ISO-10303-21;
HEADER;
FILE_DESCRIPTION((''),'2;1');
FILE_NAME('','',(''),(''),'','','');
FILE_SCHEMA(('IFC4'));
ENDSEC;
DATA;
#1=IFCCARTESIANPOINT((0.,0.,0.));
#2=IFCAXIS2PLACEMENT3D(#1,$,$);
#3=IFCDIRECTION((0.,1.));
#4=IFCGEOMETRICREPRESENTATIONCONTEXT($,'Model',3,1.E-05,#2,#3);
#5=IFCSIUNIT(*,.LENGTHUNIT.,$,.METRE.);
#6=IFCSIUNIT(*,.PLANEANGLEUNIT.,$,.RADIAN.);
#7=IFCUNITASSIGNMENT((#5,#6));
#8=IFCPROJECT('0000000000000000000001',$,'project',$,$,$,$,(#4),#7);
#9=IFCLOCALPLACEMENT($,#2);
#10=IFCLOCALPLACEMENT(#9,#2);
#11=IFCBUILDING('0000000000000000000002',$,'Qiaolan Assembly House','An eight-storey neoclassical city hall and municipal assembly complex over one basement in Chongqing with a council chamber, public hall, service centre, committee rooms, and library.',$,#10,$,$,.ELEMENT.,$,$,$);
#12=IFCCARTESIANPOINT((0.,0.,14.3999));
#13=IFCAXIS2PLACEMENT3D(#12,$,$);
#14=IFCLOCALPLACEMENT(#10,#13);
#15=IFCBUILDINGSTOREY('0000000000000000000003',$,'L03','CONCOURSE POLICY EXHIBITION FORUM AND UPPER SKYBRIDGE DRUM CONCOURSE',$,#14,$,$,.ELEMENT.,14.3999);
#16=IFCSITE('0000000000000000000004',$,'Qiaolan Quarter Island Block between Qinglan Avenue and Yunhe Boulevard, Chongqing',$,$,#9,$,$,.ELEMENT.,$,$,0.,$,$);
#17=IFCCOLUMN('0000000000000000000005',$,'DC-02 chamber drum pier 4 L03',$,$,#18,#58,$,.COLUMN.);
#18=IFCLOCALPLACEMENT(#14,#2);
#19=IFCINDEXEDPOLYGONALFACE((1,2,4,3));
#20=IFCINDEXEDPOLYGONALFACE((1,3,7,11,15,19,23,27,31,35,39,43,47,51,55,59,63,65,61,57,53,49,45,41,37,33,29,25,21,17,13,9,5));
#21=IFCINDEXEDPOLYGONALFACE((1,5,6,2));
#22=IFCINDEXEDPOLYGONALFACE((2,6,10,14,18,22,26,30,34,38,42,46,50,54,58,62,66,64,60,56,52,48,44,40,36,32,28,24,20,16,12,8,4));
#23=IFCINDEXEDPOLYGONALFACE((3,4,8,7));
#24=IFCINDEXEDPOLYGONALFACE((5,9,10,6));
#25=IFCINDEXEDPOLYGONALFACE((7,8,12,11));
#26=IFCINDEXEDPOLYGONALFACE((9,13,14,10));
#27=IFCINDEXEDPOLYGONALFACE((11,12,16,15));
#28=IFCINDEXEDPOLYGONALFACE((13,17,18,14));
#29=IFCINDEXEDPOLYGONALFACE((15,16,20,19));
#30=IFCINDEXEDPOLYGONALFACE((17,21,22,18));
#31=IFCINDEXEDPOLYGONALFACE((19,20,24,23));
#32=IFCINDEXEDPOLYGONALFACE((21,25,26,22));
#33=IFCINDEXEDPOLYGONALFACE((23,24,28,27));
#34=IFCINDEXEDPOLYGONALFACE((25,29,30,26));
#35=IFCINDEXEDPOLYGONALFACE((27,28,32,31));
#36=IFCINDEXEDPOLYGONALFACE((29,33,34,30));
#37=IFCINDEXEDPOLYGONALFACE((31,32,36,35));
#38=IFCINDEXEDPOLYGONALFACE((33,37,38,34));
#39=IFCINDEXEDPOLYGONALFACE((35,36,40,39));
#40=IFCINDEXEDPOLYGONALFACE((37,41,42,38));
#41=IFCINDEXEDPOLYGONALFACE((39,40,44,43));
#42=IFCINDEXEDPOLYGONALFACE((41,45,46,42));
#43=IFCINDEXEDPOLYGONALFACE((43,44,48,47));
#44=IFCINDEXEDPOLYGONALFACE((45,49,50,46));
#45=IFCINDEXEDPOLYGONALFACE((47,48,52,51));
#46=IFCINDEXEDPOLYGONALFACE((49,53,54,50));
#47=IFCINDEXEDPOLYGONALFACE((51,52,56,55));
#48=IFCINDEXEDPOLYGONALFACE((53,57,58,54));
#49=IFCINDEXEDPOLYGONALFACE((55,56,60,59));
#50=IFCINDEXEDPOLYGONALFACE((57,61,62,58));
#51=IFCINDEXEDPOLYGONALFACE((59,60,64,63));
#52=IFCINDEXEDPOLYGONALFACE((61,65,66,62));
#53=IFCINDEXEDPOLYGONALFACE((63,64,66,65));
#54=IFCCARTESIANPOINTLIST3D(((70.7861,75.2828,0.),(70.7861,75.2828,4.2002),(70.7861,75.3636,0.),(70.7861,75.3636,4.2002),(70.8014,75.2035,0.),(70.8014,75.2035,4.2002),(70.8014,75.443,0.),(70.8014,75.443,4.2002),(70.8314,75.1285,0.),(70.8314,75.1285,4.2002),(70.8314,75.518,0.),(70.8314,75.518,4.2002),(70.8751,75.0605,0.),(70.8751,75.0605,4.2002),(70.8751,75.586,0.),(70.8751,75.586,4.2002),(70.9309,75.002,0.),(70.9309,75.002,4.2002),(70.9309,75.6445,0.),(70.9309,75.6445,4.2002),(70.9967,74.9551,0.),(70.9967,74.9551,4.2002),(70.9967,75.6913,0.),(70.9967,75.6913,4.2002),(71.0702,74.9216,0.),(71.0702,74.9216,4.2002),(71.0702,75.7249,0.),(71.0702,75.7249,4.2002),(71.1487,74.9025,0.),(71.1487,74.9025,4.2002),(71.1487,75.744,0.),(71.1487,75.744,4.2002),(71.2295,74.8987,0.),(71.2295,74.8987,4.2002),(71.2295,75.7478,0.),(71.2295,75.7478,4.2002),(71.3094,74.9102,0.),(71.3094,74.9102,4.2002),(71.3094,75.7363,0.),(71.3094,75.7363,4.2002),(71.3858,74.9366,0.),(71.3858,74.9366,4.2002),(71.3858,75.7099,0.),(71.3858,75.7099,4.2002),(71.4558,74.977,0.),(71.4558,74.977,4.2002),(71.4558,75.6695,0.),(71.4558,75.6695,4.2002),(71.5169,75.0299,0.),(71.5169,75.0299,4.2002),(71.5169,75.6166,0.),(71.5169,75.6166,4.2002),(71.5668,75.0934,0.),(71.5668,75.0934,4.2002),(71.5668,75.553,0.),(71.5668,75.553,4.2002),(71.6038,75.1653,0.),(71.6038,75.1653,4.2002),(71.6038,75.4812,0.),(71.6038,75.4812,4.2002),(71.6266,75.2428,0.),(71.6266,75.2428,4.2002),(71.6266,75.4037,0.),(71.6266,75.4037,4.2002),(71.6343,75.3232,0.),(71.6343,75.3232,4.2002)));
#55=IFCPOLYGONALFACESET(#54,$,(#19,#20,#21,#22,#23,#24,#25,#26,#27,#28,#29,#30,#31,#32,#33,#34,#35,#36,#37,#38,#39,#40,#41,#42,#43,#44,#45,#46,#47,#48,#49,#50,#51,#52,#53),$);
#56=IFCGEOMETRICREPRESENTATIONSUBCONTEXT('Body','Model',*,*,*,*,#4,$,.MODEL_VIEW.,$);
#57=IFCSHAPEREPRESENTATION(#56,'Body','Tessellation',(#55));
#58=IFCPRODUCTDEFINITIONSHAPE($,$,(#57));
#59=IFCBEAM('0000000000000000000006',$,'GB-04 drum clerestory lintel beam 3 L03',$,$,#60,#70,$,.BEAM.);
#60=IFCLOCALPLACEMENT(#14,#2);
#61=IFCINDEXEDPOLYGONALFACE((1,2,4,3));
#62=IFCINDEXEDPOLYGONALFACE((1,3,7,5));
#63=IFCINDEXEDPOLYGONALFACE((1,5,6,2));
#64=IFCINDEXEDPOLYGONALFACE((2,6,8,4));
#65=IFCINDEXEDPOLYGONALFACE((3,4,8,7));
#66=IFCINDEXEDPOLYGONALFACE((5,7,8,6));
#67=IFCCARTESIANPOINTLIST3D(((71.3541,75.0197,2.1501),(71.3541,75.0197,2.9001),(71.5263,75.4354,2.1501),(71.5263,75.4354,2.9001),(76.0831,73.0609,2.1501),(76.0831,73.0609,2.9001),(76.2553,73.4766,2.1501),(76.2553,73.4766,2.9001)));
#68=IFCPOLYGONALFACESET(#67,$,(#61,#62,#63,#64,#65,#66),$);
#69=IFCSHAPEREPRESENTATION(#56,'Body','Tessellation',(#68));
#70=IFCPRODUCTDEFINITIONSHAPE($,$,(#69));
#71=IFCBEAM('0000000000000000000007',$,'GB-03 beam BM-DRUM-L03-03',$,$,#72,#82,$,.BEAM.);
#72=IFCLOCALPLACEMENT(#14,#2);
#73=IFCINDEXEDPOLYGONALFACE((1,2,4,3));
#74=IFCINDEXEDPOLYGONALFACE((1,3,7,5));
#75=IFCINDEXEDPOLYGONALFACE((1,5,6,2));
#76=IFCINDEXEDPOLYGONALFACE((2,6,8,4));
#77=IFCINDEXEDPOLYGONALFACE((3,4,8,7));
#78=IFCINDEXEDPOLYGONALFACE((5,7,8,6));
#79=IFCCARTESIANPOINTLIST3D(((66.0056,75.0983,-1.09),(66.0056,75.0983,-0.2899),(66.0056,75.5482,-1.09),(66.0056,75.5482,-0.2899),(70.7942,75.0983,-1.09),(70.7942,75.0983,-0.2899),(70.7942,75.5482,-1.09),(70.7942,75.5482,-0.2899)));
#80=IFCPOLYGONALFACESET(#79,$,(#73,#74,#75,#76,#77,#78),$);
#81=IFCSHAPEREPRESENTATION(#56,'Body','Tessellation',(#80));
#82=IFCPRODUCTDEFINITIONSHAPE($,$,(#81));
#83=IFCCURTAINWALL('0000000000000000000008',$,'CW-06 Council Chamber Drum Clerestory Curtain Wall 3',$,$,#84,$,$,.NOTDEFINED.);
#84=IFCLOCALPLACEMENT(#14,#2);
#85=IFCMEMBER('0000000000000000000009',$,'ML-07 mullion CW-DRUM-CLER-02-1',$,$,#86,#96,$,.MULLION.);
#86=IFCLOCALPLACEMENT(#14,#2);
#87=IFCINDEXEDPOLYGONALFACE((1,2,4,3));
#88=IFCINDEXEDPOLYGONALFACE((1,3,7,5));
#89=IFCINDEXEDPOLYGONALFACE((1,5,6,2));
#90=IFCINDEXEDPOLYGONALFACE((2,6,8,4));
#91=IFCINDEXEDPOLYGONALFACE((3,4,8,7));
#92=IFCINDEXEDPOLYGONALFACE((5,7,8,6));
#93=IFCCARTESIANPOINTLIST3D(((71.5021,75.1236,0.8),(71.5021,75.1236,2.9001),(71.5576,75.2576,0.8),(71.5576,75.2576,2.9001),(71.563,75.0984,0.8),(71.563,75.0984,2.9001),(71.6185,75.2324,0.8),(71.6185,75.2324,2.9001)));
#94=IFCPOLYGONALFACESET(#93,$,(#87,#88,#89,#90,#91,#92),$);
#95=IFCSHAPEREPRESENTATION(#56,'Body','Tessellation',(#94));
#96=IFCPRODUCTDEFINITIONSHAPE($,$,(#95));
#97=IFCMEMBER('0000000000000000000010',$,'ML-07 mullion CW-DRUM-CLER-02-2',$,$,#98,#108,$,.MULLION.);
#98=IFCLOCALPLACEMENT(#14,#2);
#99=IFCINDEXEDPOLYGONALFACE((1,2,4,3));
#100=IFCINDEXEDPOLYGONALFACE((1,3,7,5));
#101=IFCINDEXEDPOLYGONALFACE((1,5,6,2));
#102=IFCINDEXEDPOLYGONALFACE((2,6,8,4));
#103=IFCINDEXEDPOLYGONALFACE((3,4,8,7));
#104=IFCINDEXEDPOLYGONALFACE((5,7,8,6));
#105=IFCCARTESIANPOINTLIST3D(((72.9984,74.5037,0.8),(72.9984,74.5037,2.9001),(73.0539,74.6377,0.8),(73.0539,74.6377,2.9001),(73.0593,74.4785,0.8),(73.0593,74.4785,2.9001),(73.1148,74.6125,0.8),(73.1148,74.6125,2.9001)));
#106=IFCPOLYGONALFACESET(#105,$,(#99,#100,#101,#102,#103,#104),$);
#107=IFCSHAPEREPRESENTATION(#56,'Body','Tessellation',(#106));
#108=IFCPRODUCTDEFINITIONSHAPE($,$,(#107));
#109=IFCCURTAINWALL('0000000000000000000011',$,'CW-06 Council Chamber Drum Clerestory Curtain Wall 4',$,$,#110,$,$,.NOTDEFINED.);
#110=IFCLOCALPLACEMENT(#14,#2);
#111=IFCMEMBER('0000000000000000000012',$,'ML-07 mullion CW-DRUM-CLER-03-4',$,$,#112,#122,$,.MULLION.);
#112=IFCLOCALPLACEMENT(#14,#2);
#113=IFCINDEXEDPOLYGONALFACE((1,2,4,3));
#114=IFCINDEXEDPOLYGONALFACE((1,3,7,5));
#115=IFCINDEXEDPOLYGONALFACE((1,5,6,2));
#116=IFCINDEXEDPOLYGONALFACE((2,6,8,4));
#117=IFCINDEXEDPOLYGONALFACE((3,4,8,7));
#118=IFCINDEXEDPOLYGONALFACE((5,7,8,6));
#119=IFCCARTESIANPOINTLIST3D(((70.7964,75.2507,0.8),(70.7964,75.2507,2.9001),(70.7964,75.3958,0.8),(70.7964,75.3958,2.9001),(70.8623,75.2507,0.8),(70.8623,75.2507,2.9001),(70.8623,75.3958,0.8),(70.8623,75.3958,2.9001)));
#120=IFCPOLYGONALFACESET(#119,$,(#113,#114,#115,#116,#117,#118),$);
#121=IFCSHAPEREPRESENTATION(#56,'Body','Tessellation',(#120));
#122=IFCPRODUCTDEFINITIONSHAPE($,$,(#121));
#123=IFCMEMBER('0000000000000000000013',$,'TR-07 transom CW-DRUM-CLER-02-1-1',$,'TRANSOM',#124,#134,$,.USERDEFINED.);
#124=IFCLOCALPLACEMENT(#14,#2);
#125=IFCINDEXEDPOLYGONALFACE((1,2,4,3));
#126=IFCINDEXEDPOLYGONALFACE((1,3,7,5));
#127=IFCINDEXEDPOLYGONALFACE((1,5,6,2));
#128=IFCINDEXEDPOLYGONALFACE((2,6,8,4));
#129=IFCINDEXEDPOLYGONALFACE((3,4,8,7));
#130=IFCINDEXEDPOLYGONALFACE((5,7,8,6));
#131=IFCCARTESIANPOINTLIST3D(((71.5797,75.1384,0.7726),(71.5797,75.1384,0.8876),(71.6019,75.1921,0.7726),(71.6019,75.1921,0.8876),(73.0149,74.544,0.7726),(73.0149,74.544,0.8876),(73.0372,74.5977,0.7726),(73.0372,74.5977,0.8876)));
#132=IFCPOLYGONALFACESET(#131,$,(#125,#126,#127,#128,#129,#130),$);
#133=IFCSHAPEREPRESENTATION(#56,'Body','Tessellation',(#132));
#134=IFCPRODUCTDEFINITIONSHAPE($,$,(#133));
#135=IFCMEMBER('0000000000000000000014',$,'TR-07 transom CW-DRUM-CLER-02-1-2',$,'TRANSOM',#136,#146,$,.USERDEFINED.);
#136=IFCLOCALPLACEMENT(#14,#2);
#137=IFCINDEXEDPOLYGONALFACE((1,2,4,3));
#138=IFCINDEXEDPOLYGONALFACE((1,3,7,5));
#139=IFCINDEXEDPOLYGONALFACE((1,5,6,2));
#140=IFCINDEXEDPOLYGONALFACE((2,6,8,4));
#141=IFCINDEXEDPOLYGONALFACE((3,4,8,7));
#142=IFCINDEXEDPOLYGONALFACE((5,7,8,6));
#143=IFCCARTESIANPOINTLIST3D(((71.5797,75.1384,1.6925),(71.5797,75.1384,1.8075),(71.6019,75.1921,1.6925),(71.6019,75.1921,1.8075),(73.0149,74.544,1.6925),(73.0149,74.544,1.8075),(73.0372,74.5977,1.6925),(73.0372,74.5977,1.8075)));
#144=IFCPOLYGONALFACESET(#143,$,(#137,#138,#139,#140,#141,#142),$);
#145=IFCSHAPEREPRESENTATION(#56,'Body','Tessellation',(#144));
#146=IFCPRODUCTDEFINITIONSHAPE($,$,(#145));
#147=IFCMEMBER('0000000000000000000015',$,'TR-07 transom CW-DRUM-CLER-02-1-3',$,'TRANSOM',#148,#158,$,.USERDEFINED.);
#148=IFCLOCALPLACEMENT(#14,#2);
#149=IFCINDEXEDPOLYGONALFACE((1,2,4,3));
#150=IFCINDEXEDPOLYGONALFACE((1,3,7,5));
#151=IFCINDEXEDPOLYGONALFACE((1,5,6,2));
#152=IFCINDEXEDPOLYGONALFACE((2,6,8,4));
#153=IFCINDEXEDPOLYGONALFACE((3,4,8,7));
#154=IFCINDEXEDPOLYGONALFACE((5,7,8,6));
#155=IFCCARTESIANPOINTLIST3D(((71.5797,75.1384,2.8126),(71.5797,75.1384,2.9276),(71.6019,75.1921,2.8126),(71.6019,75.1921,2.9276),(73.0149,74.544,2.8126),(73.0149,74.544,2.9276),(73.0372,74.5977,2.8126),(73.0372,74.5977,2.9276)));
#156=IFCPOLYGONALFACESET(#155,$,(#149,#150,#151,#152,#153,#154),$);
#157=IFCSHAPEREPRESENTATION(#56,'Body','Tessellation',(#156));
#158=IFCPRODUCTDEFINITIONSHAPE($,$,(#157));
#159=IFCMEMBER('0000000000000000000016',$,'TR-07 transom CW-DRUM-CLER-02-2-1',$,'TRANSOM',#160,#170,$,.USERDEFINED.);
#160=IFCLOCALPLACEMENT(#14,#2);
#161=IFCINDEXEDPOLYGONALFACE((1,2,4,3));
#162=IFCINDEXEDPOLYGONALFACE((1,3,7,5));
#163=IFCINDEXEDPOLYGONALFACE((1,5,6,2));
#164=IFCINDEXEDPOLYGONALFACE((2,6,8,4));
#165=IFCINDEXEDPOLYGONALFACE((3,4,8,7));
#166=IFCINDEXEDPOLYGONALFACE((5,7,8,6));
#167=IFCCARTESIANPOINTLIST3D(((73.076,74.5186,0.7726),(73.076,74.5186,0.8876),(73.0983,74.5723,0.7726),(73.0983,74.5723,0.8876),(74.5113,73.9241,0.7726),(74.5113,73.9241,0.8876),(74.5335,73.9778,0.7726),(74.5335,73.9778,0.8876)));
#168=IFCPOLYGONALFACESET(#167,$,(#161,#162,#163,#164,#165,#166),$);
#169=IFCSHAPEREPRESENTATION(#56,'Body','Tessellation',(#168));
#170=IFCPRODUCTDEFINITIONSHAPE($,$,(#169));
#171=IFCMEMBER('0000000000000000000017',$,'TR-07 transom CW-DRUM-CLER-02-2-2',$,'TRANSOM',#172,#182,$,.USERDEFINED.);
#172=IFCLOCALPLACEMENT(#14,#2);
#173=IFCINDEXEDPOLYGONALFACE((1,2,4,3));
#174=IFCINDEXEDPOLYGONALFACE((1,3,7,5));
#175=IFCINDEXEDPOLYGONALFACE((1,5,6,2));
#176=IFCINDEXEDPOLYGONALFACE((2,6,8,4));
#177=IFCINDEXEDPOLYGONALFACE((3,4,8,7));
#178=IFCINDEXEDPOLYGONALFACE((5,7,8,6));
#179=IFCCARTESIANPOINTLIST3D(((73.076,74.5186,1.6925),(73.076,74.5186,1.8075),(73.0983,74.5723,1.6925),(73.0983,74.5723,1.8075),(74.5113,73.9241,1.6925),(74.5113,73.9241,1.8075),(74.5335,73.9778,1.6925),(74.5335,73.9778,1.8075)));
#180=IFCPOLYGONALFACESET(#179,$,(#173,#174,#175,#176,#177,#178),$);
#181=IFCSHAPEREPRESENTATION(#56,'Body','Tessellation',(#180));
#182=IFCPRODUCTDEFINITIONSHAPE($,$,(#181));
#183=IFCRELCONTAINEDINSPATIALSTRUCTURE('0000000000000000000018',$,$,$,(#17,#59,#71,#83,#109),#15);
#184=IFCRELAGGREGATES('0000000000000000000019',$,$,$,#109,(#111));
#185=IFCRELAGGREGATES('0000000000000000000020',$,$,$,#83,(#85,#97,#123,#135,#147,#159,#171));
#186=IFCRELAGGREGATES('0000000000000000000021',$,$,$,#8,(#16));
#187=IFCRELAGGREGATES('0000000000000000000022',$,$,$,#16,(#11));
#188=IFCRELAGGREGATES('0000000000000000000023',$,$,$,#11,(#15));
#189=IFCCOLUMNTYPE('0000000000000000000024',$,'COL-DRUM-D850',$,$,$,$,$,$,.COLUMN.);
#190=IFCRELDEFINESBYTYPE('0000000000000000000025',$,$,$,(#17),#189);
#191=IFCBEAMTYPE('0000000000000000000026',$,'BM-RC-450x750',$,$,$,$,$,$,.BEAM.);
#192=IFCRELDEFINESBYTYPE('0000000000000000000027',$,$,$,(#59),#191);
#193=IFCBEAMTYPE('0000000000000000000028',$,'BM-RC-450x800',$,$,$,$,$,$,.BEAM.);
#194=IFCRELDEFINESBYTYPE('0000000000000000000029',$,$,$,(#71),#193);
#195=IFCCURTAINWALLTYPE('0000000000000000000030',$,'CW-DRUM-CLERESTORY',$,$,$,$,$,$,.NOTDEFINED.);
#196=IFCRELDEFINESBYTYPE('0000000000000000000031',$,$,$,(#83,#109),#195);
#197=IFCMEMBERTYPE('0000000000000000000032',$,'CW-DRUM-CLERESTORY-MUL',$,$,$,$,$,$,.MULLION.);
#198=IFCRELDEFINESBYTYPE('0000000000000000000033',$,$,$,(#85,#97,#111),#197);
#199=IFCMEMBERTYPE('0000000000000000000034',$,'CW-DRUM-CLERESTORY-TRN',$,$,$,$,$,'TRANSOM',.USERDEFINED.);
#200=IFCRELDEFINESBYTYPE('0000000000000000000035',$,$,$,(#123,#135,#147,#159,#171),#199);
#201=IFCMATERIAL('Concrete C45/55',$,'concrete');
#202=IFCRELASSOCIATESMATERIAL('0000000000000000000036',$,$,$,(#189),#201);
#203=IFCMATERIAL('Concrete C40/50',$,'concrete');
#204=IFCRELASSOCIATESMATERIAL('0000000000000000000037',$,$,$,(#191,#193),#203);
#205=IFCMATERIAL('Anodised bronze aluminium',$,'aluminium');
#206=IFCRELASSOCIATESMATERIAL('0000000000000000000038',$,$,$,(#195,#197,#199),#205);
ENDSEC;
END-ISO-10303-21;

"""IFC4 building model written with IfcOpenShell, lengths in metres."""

from ifc_helpers import new_model, si_unit, direction, frame, origin, origin_2d, place, context, subcontext, project, spatial, rectangle, circle, extrude, material, material_profile, profile_set, type_object, element, aggregate, save


model = new_model("IFC4")

# Units and contexts
model_context = context("Model", 3, precision=1e-05, world=origin(), true_north=direction((0.0, 1.0)))
body_context = subcontext(model_context, "Body", "Model", "MODEL_VIEW")
ifc_project = project(units=[si_unit("LENGTHUNIT", "METRE"), si_unit("PLANEANGLEUNIT", "RADIAN")], contexts=[model_context])

# Site, building, storey
site_placement = place(None, origin())
site = spatial("IfcSite", under=ifc_project, at=site_placement, Name="Qiaolan Quarter Island Block between Qinglan Avenue and Yunhe Boulevard, Chongqing", CompositionType="ELEMENT", RefElevation=0.0)
building_placement = place(site_placement, origin())
building = spatial("IfcBuilding", under=site, at=building_placement, Name="Qiaolan Assembly House", Description="An eight-storey neoclassical city hall and municipal assembly complex over one basement in Chongqing with a council chamber, public hall, service centre, committee rooms, and library.", CompositionType="ELEMENT")
storey_placement = place(building_placement, frame((0.0, 0.0, 14.3999)))
storey = spatial("IfcBuildingStorey", under=building, at=storey_placement, Name="L03", Description="CONCOURSE POLICY EXHIBITION FORUM AND UPPER SKYBRIDGE DRUM CONCOURSE", CompositionType="ELEMENT", Elevation=14.3999)

# Column
ifc_material_1 = material(Name="Concrete C45/55", Category="concrete")
ifc_material_profile_1 = material_profile(ifc_material_1, circle(Radius=0.425, at=origin_2d()), Name="CIRC D850")
ifc_profile_set_1 = profile_set([ifc_material_profile_1], Name="Concrete C45/55")
column_type = type_object("IfcColumnType", Name="COL-DRUM-D850", PredefinedType="COLUMN", material=ifc_profile_set_1)
column_placement = place(storey_placement, frame((71.2092, 75.3232, 0.0), z_axis=(0.0, 0.0, 1.0), x_axis=(1.0, 0.0, 0.0)))
element("IfcColumn", 1, at=column_placement, inside=storey, type_object=column_type, Name="DC-02 chamber drum pier 4 L03", PredefinedType="COLUMN", context=body_context, shape_type="SweptSolid", body=[
    extrude(circle(Radius=0.425, at=origin_2d()), origin(), (0.0, 0.0, 1.0), 4.2002),
])

# Beams
ifc_material_2 = material(Name="Concrete C40/50", Category="concrete")
ifc_material_profile_2 = material_profile(ifc_material_2, rectangle(XDim=0.45, YDim=0.75, at=origin_2d()), Name="RCB 450x750")
ifc_profile_set_2 = profile_set([ifc_material_profile_2], Name="Concrete C40/50")
beam_type_1 = type_object("IfcBeamType", Name="BM-RC-450x750", PredefinedType="BEAM", material=ifc_profile_set_2)
beam_1_placement = place(storey_placement, frame((71.4402, 75.2275, 2.5251), z_axis=(0.923885, -0.382671, 0.0), x_axis=(0.382671, 0.923885, 0.0)))
element("IfcBeam", 2, at=beam_1_placement, inside=storey, type_object=beam_type_1, Name="GB-04 drum clerestory lintel beam 3 L03", PredefinedType="BEAM", context=body_context, shape_type="SweptSolid", body=[
    extrude(rectangle(XDim=0.45, YDim=0.75, at=origin_2d()), origin(), (0.0, 0.0, 1.0), 5.1187),
])
ifc_material_profile_3 = material_profile(ifc_material_2, rectangle(XDim=0.45, YDim=0.8, at=origin_2d()), Name="RCB 450x800")
ifc_profile_set_3 = profile_set([ifc_material_profile_3], Name="Concrete C40/50")
beam_type_2 = type_object("IfcBeamType", Name="BM-RC-450x800", PredefinedType="BEAM", material=ifc_profile_set_3)
beam_2_placement = place(storey_placement, frame((70.7942, 75.3232, -0.6899), z_axis=(-1.0, 0.0, 0.0), x_axis=(0.0, -1.0, 0.0)))
element("IfcBeam", 3, at=beam_2_placement, inside=storey, type_object=beam_type_2, Name="GB-03 beam BM-DRUM-L03-03", PredefinedType="BEAM", context=body_context, shape_type="SweptSolid", body=[
    extrude(rectangle(XDim=0.45, YDim=0.8, at=origin_2d()), origin(), (0.0, 0.0, 1.0), 4.7886),
])

# Curtain wall, members
ifc_material_3 = material(Name="Anodised bronze aluminium", Category="aluminium")
curtain_wall_type = type_object("IfcCurtainWallType", Name="CW-DRUM-CLERESTORY", PredefinedType="NOTDEFINED", material=ifc_material_3)
curtain_wall_1_placement = place(storey_placement, origin())
curtain_wall_1 = element("IfcCurtainWall", 4, at=curtain_wall_1_placement, inside=storey, type_object=curtain_wall_type, Name="CW-06 Council Chamber Drum Clerestory Curtain Wall 3", PredefinedType="NOTDEFINED")
ifc_material_profile_4 = material_profile(ifc_material_3, rectangle(XDim=0.0659, YDim=0.145, at=origin_2d()), Name="MUL 66x145")
ifc_profile_set_4 = profile_set([ifc_material_profile_4], Name="Anodised bronze aluminium")
member_type_1 = type_object("IfcMemberType", Name="CW-DRUM-CLERESTORY-MUL", PredefinedType="MULLION", material=ifc_profile_set_4)
member_1_placement = place(storey_placement, frame((71.5603, 75.178, 0.8), z_axis=(0.0, 0.0, 1.0), x_axis=(0.92388, -0.382683, 0.0)))
member_1 = element("IfcMember", 5, at=member_1_placement, type_object=member_type_1, Name="ML-07 mullion CW-DRUM-CLER-02-1", PredefinedType="MULLION", context=body_context, shape_type="SweptSolid", body=[
    extrude(rectangle(XDim=0.0659, YDim=0.145, at=origin_2d()), origin(), (0.0, 0.0, 1.0), 2.1001),
])
member_2_placement = place(storey_placement, frame((73.0566, 74.5581, 0.8), z_axis=(0.0, 0.0, 1.0), x_axis=(0.92388, -0.382683, 0.0)))
member_2 = element("IfcMember", 6, at=member_2_placement, type_object=member_type_1, Name="ML-07 mullion CW-DRUM-CLER-02-2", PredefinedType="MULLION", context=body_context, shape_type="SweptSolid", body=[
    extrude(rectangle(XDim=0.0659, YDim=0.145, at=origin_2d()), origin(), (0.0, 0.0, 1.0), 2.1001),
])

# Curtain wall, member
curtain_wall_2_placement = place(storey_placement, origin())
curtain_wall_2 = element("IfcCurtainWall", 7, at=curtain_wall_2_placement, inside=storey, type_object=curtain_wall_type, Name="CW-06 Council Chamber Drum Clerestory Curtain Wall 4", PredefinedType="NOTDEFINED")
member_3_placement = place(storey_placement, frame((70.8293, 75.3232, 0.8), z_axis=(0.0, 0.0, 1.0), x_axis=(1.0, 0.0, 0.0)))
member_3 = element("IfcMember", 8, at=member_3_placement, type_object=member_type_1, Name="ML-07 mullion CW-DRUM-CLER-03-4", PredefinedType="MULLION", context=body_context, shape_type="SweptSolid", body=[
    extrude(rectangle(XDim=0.0659, YDim=0.145, at=origin_2d()), origin(), (0.0, 0.0, 1.0), 2.1001),
])
aggregate(curtain_wall_2, [member_3])

# Members
ifc_material_profile_5 = material_profile(ifc_material_3, rectangle(XDim=0.0581, YDim=0.115, at=origin_2d()), Name="TRN 58x115")
ifc_profile_set_5 = profile_set([ifc_material_profile_5], Name="Anodised bronze aluminium")
member_type_2 = type_object("IfcMemberType", Name="CW-DRUM-CLERESTORY-TRN", ElementType="TRANSOM", PredefinedType="USERDEFINED", material=ifc_profile_set_5)
member_4_placement = place(storey_placement, frame((71.5908, 75.1653, 0.8301), z_axis=(0.923889, -0.382662, 0.0), x_axis=(0.382662, 0.923889, 0.0)))
member_4 = element("IfcMember", 9, at=member_4_placement, type_object=member_type_2, Name="TR-07 transom CW-DRUM-CLER-02-1-1", ObjectType="TRANSOM", PredefinedType="USERDEFINED", context=body_context, shape_type="SweptSolid", body=[
    extrude(rectangle(XDim=0.0581, YDim=0.115, at=origin_2d()), origin(), (0.0, 0.0, 1.0), 1.5535),
])
member_5_placement = place(storey_placement, frame((71.5908, 75.1653, 1.75), z_axis=(0.923889, -0.382662, 0.0), x_axis=(0.382662, 0.923889, 0.0)))
member_5 = element("IfcMember", 10, at=member_5_placement, type_object=member_type_2, Name="TR-07 transom CW-DRUM-CLER-02-1-2", ObjectType="TRANSOM", PredefinedType="USERDEFINED", context=body_context, shape_type="SweptSolid", body=[
    extrude(rectangle(XDim=0.0581, YDim=0.115, at=origin_2d()), origin(), (0.0, 0.0, 1.0), 1.5535),
])
member_6_placement = place(storey_placement, frame((71.5908, 75.1653, 2.8701), z_axis=(0.923889, -0.382662, 0.0), x_axis=(0.382662, 0.923889, 0.0)))
member_6 = element("IfcMember", 11, at=member_6_placement, type_object=member_type_2, Name="TR-07 transom CW-DRUM-CLER-02-1-3", ObjectType="TRANSOM", PredefinedType="USERDEFINED", context=body_context, shape_type="SweptSolid", body=[
    extrude(rectangle(XDim=0.0581, YDim=0.115, at=origin_2d()), origin(), (0.0, 0.0, 1.0), 1.5535),
])
member_7_placement = place(storey_placement, frame((73.0872, 74.5454, 0.8301), z_axis=(0.923889, -0.382662, 0.0), x_axis=(0.382662, 0.923889, 0.0)))
member_7 = element("IfcMember", 12, at=member_7_placement, type_object=member_type_2, Name="TR-07 transom CW-DRUM-CLER-02-2-1", ObjectType="TRANSOM", PredefinedType="USERDEFINED", context=body_context, shape_type="SweptSolid", body=[
    extrude(rectangle(XDim=0.0581, YDim=0.115, at=origin_2d()), origin(), (0.0, 0.0, 1.0), 1.5535),
])
member_8_placement = place(storey_placement, frame((73.0872, 74.5454, 1.75), z_axis=(0.923889, -0.382662, 0.0), x_axis=(0.382662, 0.923889, 0.0)))
member_8 = element("IfcMember", 13, at=member_8_placement, type_object=member_type_2, Name="TR-07 transom CW-DRUM-CLER-02-2-2", ObjectType="TRANSOM", PredefinedType="USERDEFINED", context=body_context, shape_type="SweptSolid", body=[
    extrude(rectangle(XDim=0.0581, YDim=0.115, at=origin_2d()), origin(), (0.0, 0.0, 1.0), 1.5535),
])

aggregate(curtain_wall_1, [member_1, member_2, member_4, member_5, member_6, member_7, member_8])

save(model, "model.ifc")
